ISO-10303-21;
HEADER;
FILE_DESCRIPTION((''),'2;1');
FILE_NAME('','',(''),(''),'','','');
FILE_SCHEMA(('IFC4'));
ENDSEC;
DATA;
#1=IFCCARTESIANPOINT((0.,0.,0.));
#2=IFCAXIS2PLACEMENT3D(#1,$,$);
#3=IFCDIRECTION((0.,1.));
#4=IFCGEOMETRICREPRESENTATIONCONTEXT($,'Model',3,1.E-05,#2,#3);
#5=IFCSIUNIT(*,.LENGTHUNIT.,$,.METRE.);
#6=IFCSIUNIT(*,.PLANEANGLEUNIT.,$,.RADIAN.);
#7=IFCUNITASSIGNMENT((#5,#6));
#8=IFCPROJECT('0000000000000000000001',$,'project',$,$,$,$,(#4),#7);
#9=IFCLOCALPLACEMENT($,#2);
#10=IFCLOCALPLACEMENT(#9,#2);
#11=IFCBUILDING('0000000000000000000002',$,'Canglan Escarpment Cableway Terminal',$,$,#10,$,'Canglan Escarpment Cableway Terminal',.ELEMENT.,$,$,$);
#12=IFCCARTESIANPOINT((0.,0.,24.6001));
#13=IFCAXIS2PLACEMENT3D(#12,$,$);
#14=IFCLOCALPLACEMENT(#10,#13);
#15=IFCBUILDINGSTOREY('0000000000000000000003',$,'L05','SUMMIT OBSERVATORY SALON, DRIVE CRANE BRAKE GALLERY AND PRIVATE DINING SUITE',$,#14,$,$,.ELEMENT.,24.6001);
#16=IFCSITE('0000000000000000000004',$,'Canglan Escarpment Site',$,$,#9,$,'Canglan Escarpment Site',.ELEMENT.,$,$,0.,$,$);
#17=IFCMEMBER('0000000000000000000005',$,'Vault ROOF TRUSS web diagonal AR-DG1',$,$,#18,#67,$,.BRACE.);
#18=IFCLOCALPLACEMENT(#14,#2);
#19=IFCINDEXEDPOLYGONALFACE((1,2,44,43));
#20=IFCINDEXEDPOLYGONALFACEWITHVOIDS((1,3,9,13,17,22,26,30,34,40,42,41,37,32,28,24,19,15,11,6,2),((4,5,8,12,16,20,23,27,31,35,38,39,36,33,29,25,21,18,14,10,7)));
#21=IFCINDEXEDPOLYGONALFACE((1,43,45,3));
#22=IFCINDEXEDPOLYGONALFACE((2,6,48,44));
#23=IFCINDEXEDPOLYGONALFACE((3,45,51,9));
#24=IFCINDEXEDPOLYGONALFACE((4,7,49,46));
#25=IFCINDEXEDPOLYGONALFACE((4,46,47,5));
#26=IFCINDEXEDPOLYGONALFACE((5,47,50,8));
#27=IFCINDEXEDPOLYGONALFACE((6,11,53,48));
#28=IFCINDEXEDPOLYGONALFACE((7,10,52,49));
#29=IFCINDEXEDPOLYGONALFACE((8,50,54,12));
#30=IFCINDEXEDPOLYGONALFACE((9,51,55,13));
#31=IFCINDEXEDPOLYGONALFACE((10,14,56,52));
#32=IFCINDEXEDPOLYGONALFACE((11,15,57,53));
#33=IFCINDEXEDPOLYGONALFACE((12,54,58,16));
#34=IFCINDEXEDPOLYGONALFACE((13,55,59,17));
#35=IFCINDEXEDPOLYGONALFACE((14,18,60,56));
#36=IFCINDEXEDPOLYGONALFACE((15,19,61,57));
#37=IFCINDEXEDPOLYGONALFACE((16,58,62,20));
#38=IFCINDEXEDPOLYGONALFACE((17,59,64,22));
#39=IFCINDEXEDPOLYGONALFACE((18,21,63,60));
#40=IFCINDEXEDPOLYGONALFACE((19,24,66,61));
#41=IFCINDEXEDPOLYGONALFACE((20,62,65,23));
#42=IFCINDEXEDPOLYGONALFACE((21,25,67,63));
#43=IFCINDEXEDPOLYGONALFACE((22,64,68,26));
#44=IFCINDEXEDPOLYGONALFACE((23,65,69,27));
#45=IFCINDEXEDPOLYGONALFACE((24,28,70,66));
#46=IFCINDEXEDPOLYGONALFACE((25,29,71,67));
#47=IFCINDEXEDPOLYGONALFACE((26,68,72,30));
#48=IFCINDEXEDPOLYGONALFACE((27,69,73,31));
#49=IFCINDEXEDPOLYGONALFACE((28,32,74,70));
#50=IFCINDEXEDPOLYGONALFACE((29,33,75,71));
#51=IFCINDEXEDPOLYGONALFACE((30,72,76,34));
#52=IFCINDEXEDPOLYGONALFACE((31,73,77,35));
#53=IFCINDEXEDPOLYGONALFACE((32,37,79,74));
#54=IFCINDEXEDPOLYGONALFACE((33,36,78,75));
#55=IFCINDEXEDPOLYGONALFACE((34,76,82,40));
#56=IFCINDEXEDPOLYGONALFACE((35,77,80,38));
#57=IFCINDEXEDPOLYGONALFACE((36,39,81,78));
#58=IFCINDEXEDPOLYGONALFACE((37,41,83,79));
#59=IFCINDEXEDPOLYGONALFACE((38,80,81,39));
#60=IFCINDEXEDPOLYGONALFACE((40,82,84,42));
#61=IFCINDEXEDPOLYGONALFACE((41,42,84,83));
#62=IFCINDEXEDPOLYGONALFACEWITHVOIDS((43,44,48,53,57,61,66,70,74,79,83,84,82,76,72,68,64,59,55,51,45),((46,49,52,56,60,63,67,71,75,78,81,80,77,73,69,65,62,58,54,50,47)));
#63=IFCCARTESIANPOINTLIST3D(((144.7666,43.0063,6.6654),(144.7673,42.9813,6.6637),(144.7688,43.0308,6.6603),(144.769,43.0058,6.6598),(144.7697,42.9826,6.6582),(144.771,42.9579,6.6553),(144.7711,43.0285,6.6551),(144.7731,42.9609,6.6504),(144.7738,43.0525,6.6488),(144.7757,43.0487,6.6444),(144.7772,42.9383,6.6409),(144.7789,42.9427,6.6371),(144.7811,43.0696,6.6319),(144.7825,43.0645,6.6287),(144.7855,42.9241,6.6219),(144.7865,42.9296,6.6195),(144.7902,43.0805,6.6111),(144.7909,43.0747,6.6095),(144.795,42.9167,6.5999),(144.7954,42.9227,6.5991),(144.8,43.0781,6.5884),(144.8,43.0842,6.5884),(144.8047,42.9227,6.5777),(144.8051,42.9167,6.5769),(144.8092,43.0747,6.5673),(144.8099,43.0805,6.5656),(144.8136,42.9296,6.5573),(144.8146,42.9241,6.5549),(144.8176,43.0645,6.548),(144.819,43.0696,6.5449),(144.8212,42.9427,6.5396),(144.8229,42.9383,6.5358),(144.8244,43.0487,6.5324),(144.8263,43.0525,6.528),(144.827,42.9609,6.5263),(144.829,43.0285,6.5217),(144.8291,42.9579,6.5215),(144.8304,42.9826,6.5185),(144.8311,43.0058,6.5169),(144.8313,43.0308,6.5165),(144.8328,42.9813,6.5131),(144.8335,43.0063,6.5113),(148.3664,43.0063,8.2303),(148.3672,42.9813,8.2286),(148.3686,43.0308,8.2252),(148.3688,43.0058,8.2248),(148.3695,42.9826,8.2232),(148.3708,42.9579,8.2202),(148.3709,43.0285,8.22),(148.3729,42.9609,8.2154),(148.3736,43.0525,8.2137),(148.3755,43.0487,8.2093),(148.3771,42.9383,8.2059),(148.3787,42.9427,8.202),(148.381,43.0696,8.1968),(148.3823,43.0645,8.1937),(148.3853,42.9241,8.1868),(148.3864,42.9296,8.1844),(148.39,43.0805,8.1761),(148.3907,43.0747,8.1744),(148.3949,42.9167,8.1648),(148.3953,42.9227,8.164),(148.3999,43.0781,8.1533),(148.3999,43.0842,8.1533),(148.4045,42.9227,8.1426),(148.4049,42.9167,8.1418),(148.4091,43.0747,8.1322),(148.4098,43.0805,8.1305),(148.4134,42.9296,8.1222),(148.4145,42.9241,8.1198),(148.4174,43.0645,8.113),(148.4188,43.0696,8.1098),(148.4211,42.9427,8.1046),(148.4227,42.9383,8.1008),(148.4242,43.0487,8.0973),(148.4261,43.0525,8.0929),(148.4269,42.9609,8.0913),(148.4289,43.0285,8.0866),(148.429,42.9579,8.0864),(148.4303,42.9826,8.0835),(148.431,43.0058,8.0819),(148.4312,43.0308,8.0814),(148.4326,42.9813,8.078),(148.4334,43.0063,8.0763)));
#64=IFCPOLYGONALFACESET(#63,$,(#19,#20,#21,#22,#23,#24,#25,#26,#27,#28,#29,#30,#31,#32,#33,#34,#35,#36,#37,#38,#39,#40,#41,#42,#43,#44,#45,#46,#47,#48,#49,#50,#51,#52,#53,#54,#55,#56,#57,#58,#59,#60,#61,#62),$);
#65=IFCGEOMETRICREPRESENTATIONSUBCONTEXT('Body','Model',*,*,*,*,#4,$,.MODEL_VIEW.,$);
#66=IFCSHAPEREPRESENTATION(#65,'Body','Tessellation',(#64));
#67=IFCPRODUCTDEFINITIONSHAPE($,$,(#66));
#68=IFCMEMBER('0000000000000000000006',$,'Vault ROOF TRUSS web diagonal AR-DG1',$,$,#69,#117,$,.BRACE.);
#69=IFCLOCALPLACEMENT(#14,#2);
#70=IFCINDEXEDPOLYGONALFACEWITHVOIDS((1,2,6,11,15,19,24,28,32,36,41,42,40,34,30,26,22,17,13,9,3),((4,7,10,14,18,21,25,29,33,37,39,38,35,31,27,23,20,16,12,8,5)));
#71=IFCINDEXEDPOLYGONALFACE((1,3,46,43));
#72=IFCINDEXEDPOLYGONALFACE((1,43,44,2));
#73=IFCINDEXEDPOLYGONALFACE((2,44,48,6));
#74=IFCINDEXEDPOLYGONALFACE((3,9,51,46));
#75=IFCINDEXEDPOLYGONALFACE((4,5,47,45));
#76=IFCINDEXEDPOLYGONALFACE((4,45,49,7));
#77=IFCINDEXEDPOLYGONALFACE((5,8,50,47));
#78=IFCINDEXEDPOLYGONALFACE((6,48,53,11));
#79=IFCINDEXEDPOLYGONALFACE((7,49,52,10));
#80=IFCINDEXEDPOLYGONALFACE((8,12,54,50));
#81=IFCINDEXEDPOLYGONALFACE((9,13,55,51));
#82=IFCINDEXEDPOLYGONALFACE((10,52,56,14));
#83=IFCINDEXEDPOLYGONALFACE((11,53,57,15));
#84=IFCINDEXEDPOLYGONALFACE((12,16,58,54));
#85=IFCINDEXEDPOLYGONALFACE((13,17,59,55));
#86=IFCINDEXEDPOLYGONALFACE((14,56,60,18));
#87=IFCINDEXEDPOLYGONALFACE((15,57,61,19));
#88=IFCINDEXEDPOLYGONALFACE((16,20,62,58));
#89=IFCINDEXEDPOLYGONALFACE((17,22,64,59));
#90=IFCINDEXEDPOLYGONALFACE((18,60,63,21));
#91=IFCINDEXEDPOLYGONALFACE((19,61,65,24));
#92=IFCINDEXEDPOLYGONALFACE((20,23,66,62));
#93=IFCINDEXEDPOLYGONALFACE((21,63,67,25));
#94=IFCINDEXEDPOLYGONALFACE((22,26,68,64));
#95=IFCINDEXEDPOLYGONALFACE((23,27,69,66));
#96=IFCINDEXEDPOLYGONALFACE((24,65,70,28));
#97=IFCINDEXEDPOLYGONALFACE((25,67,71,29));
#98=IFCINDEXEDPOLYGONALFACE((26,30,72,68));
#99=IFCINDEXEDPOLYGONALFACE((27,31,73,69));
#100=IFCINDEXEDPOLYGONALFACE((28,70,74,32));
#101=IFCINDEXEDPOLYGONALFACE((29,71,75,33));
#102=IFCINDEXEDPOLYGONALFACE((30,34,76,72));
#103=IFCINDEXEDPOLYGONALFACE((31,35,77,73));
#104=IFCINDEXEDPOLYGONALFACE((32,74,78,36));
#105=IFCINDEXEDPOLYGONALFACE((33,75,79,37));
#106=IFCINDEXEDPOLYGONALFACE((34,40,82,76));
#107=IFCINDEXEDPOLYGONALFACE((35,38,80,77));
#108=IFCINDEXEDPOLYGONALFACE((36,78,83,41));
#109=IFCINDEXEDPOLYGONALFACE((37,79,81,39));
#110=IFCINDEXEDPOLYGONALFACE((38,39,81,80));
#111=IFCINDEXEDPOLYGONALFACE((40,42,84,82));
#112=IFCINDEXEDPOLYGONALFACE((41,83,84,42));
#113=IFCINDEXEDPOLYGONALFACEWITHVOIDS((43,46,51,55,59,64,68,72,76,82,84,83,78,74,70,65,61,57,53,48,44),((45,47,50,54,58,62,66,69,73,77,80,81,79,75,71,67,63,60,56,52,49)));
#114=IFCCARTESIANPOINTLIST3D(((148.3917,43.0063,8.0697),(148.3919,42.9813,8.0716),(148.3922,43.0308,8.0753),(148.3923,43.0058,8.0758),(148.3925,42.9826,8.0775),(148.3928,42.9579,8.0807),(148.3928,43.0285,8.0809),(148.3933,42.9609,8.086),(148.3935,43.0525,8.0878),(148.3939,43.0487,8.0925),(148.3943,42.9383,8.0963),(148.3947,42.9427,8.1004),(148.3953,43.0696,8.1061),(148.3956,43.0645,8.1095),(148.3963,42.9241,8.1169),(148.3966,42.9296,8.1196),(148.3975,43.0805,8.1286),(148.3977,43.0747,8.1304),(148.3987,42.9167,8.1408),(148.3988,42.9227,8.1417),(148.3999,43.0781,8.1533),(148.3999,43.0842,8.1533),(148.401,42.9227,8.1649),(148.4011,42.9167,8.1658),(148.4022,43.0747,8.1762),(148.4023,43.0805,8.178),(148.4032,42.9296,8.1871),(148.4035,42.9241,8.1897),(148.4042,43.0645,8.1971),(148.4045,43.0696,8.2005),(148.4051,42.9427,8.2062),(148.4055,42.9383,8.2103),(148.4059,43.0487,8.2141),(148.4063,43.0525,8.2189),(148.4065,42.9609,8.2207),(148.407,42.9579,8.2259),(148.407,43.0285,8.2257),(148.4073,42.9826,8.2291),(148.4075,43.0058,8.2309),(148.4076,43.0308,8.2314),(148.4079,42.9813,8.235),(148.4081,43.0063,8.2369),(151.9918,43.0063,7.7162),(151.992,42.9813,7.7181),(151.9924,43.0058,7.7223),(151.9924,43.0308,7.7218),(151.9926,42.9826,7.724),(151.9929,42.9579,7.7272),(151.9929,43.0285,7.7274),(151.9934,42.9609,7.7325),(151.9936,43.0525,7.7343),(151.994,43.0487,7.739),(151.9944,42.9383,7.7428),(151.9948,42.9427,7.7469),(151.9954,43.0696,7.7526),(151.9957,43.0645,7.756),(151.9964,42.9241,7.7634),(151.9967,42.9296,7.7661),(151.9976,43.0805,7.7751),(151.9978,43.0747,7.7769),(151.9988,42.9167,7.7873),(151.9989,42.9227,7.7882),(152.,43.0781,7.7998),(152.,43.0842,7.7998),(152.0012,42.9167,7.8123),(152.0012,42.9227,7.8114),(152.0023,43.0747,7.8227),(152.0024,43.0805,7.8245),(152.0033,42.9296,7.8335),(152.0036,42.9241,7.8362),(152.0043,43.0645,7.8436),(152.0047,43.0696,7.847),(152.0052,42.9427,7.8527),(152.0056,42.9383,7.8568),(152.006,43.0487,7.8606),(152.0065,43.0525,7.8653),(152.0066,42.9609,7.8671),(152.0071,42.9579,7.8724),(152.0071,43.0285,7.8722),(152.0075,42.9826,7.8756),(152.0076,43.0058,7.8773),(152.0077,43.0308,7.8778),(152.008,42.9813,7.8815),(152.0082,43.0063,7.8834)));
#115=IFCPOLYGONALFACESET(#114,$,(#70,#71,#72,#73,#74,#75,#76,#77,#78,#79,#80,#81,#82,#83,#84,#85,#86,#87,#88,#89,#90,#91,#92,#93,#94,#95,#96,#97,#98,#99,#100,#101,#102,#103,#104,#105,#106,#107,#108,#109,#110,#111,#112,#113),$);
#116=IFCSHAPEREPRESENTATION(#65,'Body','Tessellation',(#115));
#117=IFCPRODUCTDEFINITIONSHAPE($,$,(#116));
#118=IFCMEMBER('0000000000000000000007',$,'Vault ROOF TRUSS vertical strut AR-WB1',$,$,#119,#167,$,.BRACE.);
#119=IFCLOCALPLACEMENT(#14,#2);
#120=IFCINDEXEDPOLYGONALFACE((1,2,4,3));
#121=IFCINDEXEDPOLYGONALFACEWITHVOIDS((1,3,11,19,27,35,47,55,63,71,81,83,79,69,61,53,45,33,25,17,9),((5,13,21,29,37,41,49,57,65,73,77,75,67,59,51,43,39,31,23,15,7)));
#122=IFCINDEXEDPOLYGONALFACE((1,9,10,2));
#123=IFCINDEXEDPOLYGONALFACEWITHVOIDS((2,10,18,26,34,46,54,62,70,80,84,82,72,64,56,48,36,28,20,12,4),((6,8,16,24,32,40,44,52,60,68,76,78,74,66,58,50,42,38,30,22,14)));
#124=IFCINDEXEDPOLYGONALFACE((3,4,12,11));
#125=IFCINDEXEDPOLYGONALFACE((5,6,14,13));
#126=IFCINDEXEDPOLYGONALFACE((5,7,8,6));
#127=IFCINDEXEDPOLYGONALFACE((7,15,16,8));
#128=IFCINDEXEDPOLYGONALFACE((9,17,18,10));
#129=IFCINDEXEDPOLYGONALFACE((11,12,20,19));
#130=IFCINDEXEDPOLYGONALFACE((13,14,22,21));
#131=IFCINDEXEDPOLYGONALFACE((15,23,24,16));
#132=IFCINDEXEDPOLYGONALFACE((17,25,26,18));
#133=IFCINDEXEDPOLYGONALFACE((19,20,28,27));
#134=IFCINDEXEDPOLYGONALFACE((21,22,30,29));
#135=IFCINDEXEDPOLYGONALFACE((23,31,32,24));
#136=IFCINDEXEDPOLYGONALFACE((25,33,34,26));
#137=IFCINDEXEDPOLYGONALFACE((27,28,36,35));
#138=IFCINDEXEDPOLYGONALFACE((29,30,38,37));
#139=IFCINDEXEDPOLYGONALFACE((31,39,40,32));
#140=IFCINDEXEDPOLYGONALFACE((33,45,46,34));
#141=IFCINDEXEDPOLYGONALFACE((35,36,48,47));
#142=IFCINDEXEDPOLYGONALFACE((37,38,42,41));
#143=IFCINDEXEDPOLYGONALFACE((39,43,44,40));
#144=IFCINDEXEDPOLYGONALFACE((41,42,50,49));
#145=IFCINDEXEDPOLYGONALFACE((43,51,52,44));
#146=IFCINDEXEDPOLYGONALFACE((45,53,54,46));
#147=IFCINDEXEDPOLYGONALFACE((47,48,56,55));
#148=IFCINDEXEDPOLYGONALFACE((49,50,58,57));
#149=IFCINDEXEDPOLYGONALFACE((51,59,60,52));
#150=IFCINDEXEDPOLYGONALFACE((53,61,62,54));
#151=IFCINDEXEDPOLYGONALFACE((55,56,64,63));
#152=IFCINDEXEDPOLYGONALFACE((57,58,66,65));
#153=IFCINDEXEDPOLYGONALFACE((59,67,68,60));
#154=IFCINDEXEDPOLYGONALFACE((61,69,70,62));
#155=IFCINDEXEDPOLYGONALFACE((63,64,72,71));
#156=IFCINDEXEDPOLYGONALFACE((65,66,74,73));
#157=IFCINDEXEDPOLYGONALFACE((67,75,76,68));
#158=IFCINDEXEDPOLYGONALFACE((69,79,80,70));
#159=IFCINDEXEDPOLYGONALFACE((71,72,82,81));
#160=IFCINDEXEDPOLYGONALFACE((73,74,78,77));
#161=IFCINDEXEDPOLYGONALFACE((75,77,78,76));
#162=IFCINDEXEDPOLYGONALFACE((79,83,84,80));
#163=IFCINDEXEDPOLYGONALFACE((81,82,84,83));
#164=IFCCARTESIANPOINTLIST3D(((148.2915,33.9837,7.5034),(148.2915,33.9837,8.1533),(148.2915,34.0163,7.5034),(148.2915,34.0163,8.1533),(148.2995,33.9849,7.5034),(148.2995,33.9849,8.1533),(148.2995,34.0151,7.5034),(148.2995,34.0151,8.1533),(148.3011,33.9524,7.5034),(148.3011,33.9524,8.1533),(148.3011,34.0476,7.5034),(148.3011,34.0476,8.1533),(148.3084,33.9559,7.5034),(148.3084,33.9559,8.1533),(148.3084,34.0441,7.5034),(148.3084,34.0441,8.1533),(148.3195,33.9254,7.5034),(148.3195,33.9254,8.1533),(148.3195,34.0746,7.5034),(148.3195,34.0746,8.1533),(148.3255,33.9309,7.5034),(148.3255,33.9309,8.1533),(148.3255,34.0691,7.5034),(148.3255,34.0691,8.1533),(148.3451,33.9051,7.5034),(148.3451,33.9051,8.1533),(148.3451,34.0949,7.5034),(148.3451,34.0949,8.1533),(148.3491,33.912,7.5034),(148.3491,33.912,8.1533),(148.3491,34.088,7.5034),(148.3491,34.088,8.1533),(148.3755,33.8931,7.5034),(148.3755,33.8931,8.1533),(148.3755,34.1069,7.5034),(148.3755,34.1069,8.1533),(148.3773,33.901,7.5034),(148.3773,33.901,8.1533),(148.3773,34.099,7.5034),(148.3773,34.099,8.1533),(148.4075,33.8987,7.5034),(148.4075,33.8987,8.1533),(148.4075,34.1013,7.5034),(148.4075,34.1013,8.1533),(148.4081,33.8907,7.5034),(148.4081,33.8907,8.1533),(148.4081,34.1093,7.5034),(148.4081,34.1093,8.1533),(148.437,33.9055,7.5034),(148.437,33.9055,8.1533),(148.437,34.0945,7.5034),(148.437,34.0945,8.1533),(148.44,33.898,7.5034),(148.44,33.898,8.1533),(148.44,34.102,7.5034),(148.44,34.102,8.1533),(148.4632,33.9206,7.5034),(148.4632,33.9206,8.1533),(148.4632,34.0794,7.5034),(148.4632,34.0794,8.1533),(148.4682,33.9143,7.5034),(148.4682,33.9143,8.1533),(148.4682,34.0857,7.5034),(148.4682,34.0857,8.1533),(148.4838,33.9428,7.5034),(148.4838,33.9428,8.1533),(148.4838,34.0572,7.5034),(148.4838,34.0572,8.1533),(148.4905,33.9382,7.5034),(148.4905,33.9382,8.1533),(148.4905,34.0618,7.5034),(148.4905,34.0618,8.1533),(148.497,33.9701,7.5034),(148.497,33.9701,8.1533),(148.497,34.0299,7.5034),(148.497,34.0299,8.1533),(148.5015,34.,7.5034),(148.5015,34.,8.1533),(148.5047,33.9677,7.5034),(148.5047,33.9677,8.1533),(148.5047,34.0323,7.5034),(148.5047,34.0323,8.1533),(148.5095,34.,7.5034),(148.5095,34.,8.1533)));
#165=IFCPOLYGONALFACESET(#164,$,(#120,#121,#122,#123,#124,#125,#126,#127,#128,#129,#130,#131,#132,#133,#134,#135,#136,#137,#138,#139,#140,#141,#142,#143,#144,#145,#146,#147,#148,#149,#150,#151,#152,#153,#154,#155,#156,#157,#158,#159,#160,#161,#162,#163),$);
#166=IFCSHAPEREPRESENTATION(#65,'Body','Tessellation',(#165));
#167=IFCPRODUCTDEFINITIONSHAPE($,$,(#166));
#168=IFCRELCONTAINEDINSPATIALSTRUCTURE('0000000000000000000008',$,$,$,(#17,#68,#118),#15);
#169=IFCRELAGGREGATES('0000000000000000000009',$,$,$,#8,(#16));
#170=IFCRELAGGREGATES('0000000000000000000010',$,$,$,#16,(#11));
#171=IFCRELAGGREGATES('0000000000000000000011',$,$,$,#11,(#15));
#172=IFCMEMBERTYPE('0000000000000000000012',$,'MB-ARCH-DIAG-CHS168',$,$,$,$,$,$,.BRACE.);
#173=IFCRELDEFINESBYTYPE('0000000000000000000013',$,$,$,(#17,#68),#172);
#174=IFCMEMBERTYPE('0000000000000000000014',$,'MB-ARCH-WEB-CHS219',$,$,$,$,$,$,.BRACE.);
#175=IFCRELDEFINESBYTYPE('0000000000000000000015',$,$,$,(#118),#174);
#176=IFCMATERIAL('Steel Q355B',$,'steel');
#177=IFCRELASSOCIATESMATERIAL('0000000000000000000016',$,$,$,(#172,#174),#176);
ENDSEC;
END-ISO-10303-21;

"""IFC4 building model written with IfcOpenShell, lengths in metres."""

from ifc_helpers import new_model, si_unit, direction, frame, origin, origin_2d, place, context, subcontext, project, spatial, hollow_circle, extrude, material, material_profile, profile_set, type_object, element, save


model = new_model("IFC4")

# Units and contexts
model_context = context("Model", 3, precision=1e-05, world=origin(), true_north=direction((0.0, 1.0)))
body_context = subcontext(model_context, "Body", "Model", "MODEL_VIEW")
ifc_project = project(units=[si_unit("LENGTHUNIT", "METRE"), si_unit("PLANEANGLEUNIT", "RADIAN")], contexts=[model_context])

# Site, building, storey
site_placement = place(None, origin())
site = spatial("IfcSite", under=ifc_project, at=site_placement, Name="Canglan Escarpment Site", LongName="Canglan Escarpment Site", CompositionType="ELEMENT", RefElevation=0.0)
building_placement = place(site_placement, origin())
building = spatial("IfcBuilding", under=site, at=building_placement, Name="Canglan Escarpment Cableway Terminal", LongName="Canglan Escarpment Cableway Terminal", CompositionType="ELEMENT")
storey_placement = place(building_placement, frame((0.0, 0.0, 24.6001)))
storey = spatial("IfcBuildingStorey", under=building, at=storey_placement, Name="L05", Description="SUMMIT OBSERVATORY SALON, DRIVE CRANE BRAKE GALLERY AND PRIVATE DINING SUITE", CompositionType="ELEMENT", Elevation=24.6001)

# Shared definitions
ifc_material_1 = material(Name="Steel Q355B", Category="steel")

# Members
ifc_material_profile_1 = material_profile(ifc_material_1, hollow_circle(Radius=0.0842, WallThickness=0.0061, at=origin_2d()), Name="CHS 168.3x6")
ifc_profile_set_1 = profile_set([ifc_material_profile_1], Name="Steel Q355B")
member_type_1 = type_object("IfcMemberType", Name="MB-ARCH-DIAG-CHS168", PredefinedType="BRACE", material=ifc_profile_set_1)
member_1_placement = place(storey_placement, frame((144.8, 43.0, 6.5884), z_axis=(0.91709, 0.0, 0.398681), x_axis=(0.0, 1.0, 0.0)))
element("IfcMember", 1, at=member_1_placement, inside=storey, type_object=member_type_1, Name="Vault ROOF TRUSS web diagonal AR-DG1", PredefinedType="BRACE", context=body_context, shape_type="SweptSolid", body=[
    extrude(hollow_circle(Radius=0.0842, WallThickness=0.0061, at=origin_2d()), origin(), (0.0, 0.0, 1.0), 3.9253),
])
member_2_placement = place(storey_placement, frame((148.3999, 43.0, 8.1533), z_axis=(0.995213, 0.0, -0.097726), x_axis=(0.0, 1.0, 0.0)))
element("IfcMember", 2, at=member_2_placement, inside=storey, type_object=member_type_1, Name="Vault ROOF TRUSS web diagonal AR-DG1", PredefinedType="BRACE", context=body_context, shape_type="SweptSolid", body=[
    extrude(hollow_circle(Radius=0.0842, WallThickness=0.0061, at=origin_2d()), origin(), (0.0, 0.0, 1.0), 3.6174),
])
ifc_material_profile_2 = material_profile(ifc_material_1, hollow_circle(Radius=0.1096, WallThickness=0.0081, at=origin_2d()), Name="CHS 219.1x8")
ifc_profile_set_2 = profile_set([ifc_material_profile_2], Name="Steel Q355B")
member_type_2 = type_object("IfcMemberType", Name="MB-ARCH-WEB-CHS219", PredefinedType="BRACE", material=ifc_profile_set_2)
for number, where, z_axis, x_axis, name in (
    (3, (148.3999, 34.0, 7.5034), (0.0, 0.0, 1.0), (1.0, 0.0, 0.0), "Vault ROOF TRUSS vertical strut AR-WB1"),
):
    element("IfcMember", number, at=place(storey_placement, frame(where, z_axis=z_axis, x_axis=x_axis)), inside=storey, type_object=member_type_2, Name=name, PredefinedType="BRACE", context=body_context, shape_type="SweptSolid", body=[
        extrude(hollow_circle(Radius=0.1096, WallThickness=0.0081, at=origin_2d()), origin(), (0.0, 0.0, 1.0), 0.6499),
    ])

save(model, "model.ifc")
